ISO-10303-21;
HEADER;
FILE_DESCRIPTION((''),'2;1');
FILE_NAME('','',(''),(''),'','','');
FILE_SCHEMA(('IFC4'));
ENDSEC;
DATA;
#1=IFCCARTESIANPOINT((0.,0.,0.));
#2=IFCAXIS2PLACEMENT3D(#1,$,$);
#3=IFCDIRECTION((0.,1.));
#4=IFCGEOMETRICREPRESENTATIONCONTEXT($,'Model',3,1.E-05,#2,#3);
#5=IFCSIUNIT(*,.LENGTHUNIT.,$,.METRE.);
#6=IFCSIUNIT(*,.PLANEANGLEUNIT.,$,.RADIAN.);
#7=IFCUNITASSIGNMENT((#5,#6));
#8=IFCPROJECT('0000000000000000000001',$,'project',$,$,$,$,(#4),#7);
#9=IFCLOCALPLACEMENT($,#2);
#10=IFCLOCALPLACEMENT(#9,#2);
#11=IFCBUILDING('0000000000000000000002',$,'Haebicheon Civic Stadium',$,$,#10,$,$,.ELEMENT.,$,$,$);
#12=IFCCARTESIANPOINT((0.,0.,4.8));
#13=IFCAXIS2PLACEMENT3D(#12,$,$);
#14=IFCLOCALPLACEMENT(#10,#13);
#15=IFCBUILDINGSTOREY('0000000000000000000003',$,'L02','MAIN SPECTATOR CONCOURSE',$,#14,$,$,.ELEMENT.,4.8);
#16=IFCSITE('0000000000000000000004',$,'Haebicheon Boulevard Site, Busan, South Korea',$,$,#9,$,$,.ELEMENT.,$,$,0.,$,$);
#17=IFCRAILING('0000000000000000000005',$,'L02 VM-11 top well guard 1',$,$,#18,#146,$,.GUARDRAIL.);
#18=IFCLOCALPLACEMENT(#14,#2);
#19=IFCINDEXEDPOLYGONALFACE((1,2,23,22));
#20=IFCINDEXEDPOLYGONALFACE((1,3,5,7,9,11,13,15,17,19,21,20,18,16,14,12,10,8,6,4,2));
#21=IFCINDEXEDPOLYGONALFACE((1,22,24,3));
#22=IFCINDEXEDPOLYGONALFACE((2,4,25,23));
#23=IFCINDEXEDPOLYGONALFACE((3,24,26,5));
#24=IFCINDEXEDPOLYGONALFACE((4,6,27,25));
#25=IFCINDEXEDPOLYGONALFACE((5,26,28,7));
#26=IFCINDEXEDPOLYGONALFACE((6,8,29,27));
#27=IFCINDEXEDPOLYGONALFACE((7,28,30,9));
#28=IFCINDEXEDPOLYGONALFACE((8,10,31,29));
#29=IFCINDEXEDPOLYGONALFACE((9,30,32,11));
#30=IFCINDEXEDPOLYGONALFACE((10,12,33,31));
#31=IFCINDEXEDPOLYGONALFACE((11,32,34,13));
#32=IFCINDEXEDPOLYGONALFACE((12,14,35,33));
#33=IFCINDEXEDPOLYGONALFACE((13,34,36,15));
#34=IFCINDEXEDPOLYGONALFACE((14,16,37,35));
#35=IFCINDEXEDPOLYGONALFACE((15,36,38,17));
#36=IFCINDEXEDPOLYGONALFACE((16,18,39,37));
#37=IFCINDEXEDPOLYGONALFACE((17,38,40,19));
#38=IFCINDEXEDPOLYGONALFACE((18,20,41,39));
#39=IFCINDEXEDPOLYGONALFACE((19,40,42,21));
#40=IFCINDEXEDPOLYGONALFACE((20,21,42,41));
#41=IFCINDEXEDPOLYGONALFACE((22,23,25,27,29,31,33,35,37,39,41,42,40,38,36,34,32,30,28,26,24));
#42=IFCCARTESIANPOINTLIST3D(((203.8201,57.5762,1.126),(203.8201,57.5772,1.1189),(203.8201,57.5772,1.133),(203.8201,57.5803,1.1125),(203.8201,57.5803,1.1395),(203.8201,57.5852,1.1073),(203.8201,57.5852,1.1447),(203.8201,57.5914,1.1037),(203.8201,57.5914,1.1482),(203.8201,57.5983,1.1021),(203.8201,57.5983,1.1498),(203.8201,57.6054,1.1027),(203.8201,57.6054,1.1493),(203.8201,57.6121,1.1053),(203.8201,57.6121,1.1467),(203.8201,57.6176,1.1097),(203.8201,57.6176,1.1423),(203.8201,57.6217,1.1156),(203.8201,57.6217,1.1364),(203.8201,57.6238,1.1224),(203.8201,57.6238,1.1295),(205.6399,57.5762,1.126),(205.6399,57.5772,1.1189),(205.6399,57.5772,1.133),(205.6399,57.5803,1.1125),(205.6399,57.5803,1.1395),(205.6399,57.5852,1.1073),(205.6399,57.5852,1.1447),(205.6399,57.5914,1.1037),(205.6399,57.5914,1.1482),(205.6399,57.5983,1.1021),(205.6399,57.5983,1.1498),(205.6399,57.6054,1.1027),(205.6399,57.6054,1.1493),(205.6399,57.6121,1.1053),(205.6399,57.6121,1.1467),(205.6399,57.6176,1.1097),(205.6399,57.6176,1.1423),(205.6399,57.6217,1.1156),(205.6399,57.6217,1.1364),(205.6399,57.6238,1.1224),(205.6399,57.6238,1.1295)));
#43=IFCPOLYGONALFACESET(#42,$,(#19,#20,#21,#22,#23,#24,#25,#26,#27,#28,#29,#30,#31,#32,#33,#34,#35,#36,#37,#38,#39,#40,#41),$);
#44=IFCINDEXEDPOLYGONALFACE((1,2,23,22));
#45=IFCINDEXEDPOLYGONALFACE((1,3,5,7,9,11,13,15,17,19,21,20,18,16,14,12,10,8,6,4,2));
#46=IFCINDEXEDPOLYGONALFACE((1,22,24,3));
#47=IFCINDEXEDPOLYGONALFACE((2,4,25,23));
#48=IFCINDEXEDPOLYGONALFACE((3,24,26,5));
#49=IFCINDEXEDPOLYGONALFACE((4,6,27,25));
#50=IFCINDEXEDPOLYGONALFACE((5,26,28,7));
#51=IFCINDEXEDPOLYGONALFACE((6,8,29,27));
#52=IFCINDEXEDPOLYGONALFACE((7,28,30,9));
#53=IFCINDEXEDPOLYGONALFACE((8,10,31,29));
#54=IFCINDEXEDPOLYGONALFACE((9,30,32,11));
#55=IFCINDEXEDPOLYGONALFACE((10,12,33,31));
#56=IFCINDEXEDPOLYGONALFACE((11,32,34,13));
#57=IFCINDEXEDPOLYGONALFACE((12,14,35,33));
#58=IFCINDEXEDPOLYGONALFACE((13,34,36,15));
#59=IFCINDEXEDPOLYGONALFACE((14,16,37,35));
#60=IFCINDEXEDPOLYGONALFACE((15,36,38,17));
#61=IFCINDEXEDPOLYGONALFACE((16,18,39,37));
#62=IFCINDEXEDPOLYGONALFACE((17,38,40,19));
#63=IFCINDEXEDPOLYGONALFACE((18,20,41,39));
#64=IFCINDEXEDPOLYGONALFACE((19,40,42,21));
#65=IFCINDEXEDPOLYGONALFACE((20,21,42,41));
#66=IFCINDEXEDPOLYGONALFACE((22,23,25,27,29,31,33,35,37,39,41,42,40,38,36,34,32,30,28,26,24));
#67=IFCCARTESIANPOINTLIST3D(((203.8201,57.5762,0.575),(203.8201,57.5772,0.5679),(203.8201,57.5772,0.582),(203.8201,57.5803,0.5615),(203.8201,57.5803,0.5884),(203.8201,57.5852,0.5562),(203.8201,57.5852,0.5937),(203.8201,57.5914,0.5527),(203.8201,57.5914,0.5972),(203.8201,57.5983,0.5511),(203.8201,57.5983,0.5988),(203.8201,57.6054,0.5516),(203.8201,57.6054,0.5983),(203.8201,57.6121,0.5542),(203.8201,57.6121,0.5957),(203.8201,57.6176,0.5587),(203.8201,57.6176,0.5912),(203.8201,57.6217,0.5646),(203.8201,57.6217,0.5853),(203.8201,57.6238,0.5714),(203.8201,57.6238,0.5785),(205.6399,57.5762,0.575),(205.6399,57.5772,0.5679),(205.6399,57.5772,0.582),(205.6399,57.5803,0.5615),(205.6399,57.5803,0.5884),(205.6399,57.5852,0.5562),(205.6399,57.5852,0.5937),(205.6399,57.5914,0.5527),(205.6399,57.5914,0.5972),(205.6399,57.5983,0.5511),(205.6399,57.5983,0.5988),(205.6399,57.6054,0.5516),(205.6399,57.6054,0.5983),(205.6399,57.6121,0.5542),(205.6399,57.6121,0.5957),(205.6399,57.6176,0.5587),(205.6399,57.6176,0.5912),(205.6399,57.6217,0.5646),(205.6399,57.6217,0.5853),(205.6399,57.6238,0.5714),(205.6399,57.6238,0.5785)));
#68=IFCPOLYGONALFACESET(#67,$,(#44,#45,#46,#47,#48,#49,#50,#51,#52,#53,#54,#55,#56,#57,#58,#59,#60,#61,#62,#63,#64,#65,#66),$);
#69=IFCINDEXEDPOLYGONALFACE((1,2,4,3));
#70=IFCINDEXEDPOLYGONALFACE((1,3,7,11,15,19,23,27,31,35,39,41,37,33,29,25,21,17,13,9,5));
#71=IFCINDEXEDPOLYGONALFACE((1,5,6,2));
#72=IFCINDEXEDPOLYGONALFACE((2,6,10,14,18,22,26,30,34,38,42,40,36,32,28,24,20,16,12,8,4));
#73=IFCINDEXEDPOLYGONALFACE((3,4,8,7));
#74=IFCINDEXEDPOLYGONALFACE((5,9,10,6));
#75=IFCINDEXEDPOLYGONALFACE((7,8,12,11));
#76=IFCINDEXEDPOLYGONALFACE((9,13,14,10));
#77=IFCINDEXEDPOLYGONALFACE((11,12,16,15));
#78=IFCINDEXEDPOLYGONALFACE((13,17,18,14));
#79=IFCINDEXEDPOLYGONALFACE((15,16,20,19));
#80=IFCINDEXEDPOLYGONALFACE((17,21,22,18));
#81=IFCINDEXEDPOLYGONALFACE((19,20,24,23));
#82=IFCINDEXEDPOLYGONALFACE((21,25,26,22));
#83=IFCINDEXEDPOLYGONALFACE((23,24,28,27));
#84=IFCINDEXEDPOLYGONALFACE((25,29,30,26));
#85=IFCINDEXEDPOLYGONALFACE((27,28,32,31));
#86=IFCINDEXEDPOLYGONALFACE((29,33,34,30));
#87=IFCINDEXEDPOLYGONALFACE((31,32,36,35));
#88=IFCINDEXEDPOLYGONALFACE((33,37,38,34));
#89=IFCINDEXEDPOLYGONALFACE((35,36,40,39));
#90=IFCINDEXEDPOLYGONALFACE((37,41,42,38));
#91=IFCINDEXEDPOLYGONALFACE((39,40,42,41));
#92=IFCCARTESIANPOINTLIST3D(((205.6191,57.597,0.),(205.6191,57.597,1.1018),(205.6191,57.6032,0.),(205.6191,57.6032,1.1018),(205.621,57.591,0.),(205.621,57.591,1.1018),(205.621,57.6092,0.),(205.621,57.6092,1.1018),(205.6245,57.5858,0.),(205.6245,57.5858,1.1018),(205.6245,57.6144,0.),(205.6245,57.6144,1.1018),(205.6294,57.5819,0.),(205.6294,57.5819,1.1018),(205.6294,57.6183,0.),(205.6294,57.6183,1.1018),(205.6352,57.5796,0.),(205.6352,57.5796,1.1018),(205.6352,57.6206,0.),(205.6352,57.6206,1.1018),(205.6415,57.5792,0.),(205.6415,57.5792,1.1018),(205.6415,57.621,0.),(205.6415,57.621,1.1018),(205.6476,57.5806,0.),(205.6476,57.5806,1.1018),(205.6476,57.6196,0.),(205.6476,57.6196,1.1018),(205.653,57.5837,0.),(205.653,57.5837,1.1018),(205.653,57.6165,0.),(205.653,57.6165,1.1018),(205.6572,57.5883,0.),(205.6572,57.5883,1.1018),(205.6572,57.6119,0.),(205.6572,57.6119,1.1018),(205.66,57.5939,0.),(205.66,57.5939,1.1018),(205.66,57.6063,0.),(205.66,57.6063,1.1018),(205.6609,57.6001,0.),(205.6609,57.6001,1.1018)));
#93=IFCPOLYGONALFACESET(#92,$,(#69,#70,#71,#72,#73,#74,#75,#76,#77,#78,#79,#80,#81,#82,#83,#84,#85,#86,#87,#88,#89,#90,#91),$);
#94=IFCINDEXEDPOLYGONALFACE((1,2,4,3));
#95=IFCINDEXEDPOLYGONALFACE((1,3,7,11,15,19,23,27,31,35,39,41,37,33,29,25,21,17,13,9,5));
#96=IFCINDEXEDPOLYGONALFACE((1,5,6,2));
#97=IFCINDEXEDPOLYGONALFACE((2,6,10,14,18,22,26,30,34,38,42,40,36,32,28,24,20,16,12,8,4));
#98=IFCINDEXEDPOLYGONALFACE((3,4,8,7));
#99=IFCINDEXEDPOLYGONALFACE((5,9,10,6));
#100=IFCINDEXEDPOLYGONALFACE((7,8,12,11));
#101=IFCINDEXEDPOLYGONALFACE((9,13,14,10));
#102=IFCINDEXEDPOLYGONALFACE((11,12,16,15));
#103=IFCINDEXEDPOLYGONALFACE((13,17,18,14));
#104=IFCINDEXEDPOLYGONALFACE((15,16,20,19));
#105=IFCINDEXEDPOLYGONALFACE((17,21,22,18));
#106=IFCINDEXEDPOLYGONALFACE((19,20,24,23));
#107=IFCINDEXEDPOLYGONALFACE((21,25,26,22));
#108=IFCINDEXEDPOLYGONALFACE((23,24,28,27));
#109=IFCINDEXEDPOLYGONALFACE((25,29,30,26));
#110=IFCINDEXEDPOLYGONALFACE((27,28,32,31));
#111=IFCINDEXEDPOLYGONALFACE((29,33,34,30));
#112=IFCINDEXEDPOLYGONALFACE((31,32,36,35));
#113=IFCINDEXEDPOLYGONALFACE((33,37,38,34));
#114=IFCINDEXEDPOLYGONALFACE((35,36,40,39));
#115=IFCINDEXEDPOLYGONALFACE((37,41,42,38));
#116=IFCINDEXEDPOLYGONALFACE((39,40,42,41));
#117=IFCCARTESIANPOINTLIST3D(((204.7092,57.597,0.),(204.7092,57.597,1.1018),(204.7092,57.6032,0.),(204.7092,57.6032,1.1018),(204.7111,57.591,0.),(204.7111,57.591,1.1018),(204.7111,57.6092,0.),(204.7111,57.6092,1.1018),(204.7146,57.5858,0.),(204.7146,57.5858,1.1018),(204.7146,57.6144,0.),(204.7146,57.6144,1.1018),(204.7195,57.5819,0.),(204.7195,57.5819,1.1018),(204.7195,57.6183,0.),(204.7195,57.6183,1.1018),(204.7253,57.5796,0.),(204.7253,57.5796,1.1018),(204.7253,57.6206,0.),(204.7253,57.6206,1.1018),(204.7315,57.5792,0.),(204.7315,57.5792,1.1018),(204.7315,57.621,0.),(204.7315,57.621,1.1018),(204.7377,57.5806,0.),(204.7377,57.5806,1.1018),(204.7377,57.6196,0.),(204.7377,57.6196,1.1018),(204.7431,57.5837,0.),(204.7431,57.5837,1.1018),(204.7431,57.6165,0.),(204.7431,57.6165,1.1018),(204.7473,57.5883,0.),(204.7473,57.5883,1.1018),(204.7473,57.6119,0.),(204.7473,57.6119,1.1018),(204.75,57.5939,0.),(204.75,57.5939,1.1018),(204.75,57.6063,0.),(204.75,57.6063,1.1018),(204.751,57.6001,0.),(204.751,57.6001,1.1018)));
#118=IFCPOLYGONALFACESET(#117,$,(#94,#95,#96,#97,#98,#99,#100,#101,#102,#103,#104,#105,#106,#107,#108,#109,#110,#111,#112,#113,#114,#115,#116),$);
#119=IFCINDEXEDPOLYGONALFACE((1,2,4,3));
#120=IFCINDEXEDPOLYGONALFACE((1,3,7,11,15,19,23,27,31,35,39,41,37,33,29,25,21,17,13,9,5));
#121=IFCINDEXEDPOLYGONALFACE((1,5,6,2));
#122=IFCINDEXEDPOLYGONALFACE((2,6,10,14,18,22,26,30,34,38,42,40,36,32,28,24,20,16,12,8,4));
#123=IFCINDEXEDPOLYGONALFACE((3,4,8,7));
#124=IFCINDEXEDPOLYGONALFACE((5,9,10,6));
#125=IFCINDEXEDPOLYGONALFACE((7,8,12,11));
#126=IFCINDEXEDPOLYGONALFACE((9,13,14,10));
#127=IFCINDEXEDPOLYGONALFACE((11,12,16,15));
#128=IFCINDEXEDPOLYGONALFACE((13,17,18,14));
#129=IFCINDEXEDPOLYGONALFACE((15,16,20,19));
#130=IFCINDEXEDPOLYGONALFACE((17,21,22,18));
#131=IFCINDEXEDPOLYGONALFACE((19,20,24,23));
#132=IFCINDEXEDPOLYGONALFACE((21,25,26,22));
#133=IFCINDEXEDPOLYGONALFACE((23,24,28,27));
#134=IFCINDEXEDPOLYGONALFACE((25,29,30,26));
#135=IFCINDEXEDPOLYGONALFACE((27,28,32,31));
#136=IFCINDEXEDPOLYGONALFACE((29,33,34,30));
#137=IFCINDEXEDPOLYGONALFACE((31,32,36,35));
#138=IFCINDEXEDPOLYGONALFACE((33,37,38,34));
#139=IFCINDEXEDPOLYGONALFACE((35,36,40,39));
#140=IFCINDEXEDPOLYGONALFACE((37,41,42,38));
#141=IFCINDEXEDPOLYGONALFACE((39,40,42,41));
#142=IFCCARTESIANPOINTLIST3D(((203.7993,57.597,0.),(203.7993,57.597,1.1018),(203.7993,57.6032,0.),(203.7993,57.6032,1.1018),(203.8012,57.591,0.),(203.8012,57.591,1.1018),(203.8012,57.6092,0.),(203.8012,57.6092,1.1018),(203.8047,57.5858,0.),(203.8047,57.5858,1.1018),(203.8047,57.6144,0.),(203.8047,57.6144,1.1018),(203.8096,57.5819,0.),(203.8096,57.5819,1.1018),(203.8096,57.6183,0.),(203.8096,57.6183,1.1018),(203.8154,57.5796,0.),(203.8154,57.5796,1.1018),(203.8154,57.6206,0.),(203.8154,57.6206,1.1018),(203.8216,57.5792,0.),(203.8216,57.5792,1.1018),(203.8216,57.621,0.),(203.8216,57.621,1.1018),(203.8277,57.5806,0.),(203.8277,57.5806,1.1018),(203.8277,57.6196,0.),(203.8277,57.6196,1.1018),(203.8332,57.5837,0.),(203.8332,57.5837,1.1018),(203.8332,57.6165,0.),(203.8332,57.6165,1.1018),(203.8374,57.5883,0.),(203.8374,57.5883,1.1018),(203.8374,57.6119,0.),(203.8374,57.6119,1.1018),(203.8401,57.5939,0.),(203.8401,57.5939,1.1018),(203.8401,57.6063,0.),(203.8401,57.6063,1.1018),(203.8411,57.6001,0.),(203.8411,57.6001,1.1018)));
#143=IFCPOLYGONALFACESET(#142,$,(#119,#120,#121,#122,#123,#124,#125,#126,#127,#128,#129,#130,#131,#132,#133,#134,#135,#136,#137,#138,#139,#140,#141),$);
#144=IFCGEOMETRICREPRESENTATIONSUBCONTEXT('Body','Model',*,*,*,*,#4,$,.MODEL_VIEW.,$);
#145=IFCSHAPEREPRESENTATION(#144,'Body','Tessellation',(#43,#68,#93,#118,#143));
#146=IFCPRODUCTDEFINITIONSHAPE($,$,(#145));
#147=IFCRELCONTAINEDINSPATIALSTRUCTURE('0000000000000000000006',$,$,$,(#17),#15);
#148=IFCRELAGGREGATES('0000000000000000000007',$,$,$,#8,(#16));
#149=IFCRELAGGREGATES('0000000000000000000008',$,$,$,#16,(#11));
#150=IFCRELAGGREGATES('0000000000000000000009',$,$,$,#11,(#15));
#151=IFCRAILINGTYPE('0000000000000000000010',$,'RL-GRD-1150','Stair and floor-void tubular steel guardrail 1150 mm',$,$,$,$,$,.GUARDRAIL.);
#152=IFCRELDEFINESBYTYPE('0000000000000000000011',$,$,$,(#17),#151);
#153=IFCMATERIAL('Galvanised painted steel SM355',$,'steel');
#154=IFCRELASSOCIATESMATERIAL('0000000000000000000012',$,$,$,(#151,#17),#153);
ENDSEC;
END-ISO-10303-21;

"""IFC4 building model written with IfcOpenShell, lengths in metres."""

from ifc_helpers import new_model, si_unit, direction, frame, origin, origin_2d, place, context, subcontext, project, spatial, circle, extrude, material, type_object, element, save


model = new_model("IFC4")

# Units and contexts
model_context = context("Model", 3, precision=1e-05, world=origin(), true_north=direction((0.0, 1.0)))
body_context = subcontext(model_context, "Body", "Model", "MODEL_VIEW")
ifc_project = project(units=[si_unit("LENGTHUNIT", "METRE"), si_unit("PLANEANGLEUNIT", "RADIAN")], contexts=[model_context])

# Site, building, storey
site_placement = place(None, origin())
site = spatial("IfcSite", under=ifc_project, at=site_placement, Name="Haebicheon Boulevard Site, Busan, South Korea", CompositionType="ELEMENT", RefElevation=0.0)
building_placement = place(site_placement, origin())
building = spatial("IfcBuilding", under=site, at=building_placement, Name="Haebicheon Civic Stadium", CompositionType="ELEMENT")
storey_placement = place(building_placement, frame((0.0, 0.0, 4.8)))
storey = spatial("IfcBuildingStorey", under=building, at=storey_placement, Name="L02", Description="MAIN SPECTATOR CONCOURSE", CompositionType="ELEMENT", Elevation=4.8)

# Railing
ifc_material_1 = material(Name="Galvanised painted steel SM355", Category="steel")
railing_type_1 = type_object("IfcRailingType", Name="RL-GRD-1150", Description="Stair and floor-void tubular steel guardrail 1150 mm", PredefinedType="GUARDRAIL", material=ifc_material_1)
railing_1_placement = place(storey_placement, frame((205.6399, 57.6001, 0.0)))
element("IfcRailing", 1, at=railing_1_placement, inside=storey, type_object=railing_type_1, material=ifc_material_1, Name="L02 VM-11 top well guard 1", PredefinedType="GUARDRAIL", context=body_context, shape_type="SweptSolid", body=[
    extrude(circle(Radius=0.0239, at=origin_2d()), frame((0.0, 0.0, 1.126), z_axis=(-1.0, 0.0, 0.0), x_axis=(0.0, -1.0, 0.0)), (0.0, 0.0, 1.0), 1.8198),
    extrude(circle(Radius=0.0239, at=origin_2d()), frame((0.0, 0.0, 0.575), z_axis=(-1.0, 0.0, 0.0), x_axis=(0.0, -1.0, 0.0)), (0.0, 0.0, 1.0), 1.8198),
    extrude(circle(Radius=0.021, at=origin_2d()), origin(), (0.0, 0.0, 1.0), 1.1018),
    extrude(circle(Radius=0.021, at=origin_2d()), frame((-0.9099, 0.0, 0.0)), (0.0, 0.0, 1.0), 1.1018),
    extrude(circle(Radius=0.021, at=origin_2d()), frame((-1.8198, 0.0, 0.0)), (0.0, 0.0, 1.0), 1.1018),
])

save(model, "model.ifc")
